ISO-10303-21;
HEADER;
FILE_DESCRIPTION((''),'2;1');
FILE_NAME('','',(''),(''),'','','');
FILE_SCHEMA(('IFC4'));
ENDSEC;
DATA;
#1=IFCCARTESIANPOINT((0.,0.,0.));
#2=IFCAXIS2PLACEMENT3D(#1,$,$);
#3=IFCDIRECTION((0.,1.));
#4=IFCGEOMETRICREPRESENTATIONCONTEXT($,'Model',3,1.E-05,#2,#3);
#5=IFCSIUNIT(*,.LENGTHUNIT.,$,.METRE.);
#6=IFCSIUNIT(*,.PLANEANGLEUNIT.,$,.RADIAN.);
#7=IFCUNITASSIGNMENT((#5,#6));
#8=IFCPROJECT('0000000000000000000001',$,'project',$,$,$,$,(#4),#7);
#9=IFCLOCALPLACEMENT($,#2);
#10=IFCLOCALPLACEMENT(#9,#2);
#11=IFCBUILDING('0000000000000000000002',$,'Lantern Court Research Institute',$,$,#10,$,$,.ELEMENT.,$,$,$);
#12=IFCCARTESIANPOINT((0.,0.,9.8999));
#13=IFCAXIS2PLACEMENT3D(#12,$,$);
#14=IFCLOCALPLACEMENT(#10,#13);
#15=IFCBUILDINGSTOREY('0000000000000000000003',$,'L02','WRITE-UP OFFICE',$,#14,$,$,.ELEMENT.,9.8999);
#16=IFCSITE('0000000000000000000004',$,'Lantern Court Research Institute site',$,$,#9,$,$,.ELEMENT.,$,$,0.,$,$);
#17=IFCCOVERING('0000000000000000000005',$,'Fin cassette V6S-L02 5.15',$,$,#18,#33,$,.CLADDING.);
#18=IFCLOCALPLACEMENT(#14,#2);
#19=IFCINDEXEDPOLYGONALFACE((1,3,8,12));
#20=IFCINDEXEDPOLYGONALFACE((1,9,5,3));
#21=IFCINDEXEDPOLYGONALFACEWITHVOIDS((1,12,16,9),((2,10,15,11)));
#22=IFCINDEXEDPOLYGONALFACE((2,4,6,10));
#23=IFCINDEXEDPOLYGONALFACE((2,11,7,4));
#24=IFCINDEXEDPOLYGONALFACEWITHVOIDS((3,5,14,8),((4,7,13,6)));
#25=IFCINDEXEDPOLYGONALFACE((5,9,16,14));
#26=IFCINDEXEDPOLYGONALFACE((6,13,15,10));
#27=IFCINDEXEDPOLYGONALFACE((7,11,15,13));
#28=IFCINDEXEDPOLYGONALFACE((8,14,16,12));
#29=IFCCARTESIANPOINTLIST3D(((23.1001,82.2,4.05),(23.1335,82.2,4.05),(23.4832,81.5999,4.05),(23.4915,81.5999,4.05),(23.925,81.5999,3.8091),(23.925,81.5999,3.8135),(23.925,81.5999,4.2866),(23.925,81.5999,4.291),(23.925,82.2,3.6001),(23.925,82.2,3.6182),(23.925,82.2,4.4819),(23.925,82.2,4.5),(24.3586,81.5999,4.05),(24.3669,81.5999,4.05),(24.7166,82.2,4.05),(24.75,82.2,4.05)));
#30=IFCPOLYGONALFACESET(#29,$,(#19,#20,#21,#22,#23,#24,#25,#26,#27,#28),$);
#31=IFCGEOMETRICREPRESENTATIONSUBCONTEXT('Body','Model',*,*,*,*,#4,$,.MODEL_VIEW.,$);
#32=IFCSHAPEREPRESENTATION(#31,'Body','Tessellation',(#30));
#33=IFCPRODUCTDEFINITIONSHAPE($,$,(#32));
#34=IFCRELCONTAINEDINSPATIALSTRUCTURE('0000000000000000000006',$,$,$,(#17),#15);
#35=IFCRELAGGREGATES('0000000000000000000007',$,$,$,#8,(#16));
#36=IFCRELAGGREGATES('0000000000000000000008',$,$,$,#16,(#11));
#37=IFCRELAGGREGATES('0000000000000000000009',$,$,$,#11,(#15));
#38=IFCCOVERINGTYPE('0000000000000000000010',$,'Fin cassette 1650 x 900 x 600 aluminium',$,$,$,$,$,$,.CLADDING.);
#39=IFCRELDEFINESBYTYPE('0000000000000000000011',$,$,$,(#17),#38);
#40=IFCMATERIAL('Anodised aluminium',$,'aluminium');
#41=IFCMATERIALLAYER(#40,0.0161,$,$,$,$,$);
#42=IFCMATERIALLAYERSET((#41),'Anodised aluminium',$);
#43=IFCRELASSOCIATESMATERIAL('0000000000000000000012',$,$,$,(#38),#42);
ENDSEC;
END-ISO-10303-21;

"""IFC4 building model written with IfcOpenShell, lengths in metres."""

from ifc_helpers import new_model, entity, si_unit, direction, frame, origin, place, context, subcontext, project, spatial, material, layer, layer_set, type_object, element, save


model = new_model("IFC4")

# Units and contexts
model_context = context("Model", 3, precision=1e-05, world=origin(), true_north=direction((0.0, 1.0)))
body_context = subcontext(model_context, "Body", "Model", "MODEL_VIEW")
ifc_project = project(units=[si_unit("LENGTHUNIT", "METRE"), si_unit("PLANEANGLEUNIT", "RADIAN")], contexts=[model_context])

# Site, building, storey
site_placement = place(None, origin())
site = spatial("IfcSite", under=ifc_project, at=site_placement, Name="Lantern Court Research Institute site", CompositionType="ELEMENT", RefElevation=0.0)
building_placement = place(site_placement, origin())
building = spatial("IfcBuilding", under=site, at=building_placement, Name="Lantern Court Research Institute", CompositionType="ELEMENT")
storey_placement = place(building_placement, frame((0.0, 0.0, 9.8999)))
storey = spatial("IfcBuildingStorey", under=building, at=storey_placement, Name="L02", Description="WRITE-UP OFFICE", CompositionType="ELEMENT", Elevation=9.8999)

# Covering
ifc_material_1 = material(Name="Anodised aluminium", Category="aluminium")
ifc_layer_1 = layer(ifc_material_1, 0.0161)
ifc_layer_set_1 = layer_set([ifc_layer_1], Name="Anodised aluminium")
covering_type_1 = type_object("IfcCoveringType", Name="Fin cassette 1650 x 900 x 600 aluminium", PredefinedType="CLADDING", material=ifc_layer_set_1)
covering_1_placement = place(storey_placement, frame((23.925, 82.2, 4.05), z_axis=(0.0, -1.0, 0.0), x_axis=(1.0, 0.0, 0.0)))
cartesian_point_1 = entity("IfcCartesianPoint", [0.825, 0.0])
cartesian_point_2 = entity("IfcCartesianPoint", [0.7915, 0.0])
cartesian_point_3 = entity("IfcCartesianPoint", [0.4419, 0.0])
cartesian_point_4 = entity("IfcCartesianPoint", [0.4336, 0.0])
element("IfcCovering", 1, at=covering_1_placement, inside=storey, type_object=covering_type_1, Name="Fin cassette V6S-L02 5.15", PredefinedType="CLADDING", context=body_context, shape_type="SweptSolid", body=[
    entity("IfcExtrudedAreaSolidTapered", entity("IfcArbitraryProfileDefWithVoids", "AREA", None, entity("IfcPolyline", [cartesian_point_1, entity("IfcCartesianPoint", [0.0, 0.45]), entity("IfcCartesianPoint", [-0.825, 0.0]), entity("IfcCartesianPoint", [0.0, -0.45]), cartesian_point_1]), [entity("IfcPolyline", [cartesian_point_2, entity("IfcCartesianPoint", [0.0, 0.4319]), entity("IfcCartesianPoint", [-0.7915, 0.0]), entity("IfcCartesianPoint", [0.0, -0.4319]), cartesian_point_2])]), entity("IfcAxis2Placement3D", entity("IfcCartesianPoint", [0.0, 0.0, 0.0])), entity("IfcDirection", [0.0, 0.0, 1.0]), 0.6001, entity("IfcArbitraryProfileDefWithVoids", "AREA", None, entity("IfcPolyline", [cartesian_point_3, entity("IfcCartesianPoint", [0.0, 0.241]), entity("IfcCartesianPoint", [-0.4419, 0.0]), entity("IfcCartesianPoint", [0.0, -0.241]), cartesian_point_3]), [entity("IfcPolyline", [cartesian_point_4, entity("IfcCartesianPoint", [0.0, 0.2366]), entity("IfcCartesianPoint", [-0.4336, 0.0]), entity("IfcCartesianPoint", [0.0, -0.2366]), cartesian_point_4])])),
])

save(model, "model.ifc")
